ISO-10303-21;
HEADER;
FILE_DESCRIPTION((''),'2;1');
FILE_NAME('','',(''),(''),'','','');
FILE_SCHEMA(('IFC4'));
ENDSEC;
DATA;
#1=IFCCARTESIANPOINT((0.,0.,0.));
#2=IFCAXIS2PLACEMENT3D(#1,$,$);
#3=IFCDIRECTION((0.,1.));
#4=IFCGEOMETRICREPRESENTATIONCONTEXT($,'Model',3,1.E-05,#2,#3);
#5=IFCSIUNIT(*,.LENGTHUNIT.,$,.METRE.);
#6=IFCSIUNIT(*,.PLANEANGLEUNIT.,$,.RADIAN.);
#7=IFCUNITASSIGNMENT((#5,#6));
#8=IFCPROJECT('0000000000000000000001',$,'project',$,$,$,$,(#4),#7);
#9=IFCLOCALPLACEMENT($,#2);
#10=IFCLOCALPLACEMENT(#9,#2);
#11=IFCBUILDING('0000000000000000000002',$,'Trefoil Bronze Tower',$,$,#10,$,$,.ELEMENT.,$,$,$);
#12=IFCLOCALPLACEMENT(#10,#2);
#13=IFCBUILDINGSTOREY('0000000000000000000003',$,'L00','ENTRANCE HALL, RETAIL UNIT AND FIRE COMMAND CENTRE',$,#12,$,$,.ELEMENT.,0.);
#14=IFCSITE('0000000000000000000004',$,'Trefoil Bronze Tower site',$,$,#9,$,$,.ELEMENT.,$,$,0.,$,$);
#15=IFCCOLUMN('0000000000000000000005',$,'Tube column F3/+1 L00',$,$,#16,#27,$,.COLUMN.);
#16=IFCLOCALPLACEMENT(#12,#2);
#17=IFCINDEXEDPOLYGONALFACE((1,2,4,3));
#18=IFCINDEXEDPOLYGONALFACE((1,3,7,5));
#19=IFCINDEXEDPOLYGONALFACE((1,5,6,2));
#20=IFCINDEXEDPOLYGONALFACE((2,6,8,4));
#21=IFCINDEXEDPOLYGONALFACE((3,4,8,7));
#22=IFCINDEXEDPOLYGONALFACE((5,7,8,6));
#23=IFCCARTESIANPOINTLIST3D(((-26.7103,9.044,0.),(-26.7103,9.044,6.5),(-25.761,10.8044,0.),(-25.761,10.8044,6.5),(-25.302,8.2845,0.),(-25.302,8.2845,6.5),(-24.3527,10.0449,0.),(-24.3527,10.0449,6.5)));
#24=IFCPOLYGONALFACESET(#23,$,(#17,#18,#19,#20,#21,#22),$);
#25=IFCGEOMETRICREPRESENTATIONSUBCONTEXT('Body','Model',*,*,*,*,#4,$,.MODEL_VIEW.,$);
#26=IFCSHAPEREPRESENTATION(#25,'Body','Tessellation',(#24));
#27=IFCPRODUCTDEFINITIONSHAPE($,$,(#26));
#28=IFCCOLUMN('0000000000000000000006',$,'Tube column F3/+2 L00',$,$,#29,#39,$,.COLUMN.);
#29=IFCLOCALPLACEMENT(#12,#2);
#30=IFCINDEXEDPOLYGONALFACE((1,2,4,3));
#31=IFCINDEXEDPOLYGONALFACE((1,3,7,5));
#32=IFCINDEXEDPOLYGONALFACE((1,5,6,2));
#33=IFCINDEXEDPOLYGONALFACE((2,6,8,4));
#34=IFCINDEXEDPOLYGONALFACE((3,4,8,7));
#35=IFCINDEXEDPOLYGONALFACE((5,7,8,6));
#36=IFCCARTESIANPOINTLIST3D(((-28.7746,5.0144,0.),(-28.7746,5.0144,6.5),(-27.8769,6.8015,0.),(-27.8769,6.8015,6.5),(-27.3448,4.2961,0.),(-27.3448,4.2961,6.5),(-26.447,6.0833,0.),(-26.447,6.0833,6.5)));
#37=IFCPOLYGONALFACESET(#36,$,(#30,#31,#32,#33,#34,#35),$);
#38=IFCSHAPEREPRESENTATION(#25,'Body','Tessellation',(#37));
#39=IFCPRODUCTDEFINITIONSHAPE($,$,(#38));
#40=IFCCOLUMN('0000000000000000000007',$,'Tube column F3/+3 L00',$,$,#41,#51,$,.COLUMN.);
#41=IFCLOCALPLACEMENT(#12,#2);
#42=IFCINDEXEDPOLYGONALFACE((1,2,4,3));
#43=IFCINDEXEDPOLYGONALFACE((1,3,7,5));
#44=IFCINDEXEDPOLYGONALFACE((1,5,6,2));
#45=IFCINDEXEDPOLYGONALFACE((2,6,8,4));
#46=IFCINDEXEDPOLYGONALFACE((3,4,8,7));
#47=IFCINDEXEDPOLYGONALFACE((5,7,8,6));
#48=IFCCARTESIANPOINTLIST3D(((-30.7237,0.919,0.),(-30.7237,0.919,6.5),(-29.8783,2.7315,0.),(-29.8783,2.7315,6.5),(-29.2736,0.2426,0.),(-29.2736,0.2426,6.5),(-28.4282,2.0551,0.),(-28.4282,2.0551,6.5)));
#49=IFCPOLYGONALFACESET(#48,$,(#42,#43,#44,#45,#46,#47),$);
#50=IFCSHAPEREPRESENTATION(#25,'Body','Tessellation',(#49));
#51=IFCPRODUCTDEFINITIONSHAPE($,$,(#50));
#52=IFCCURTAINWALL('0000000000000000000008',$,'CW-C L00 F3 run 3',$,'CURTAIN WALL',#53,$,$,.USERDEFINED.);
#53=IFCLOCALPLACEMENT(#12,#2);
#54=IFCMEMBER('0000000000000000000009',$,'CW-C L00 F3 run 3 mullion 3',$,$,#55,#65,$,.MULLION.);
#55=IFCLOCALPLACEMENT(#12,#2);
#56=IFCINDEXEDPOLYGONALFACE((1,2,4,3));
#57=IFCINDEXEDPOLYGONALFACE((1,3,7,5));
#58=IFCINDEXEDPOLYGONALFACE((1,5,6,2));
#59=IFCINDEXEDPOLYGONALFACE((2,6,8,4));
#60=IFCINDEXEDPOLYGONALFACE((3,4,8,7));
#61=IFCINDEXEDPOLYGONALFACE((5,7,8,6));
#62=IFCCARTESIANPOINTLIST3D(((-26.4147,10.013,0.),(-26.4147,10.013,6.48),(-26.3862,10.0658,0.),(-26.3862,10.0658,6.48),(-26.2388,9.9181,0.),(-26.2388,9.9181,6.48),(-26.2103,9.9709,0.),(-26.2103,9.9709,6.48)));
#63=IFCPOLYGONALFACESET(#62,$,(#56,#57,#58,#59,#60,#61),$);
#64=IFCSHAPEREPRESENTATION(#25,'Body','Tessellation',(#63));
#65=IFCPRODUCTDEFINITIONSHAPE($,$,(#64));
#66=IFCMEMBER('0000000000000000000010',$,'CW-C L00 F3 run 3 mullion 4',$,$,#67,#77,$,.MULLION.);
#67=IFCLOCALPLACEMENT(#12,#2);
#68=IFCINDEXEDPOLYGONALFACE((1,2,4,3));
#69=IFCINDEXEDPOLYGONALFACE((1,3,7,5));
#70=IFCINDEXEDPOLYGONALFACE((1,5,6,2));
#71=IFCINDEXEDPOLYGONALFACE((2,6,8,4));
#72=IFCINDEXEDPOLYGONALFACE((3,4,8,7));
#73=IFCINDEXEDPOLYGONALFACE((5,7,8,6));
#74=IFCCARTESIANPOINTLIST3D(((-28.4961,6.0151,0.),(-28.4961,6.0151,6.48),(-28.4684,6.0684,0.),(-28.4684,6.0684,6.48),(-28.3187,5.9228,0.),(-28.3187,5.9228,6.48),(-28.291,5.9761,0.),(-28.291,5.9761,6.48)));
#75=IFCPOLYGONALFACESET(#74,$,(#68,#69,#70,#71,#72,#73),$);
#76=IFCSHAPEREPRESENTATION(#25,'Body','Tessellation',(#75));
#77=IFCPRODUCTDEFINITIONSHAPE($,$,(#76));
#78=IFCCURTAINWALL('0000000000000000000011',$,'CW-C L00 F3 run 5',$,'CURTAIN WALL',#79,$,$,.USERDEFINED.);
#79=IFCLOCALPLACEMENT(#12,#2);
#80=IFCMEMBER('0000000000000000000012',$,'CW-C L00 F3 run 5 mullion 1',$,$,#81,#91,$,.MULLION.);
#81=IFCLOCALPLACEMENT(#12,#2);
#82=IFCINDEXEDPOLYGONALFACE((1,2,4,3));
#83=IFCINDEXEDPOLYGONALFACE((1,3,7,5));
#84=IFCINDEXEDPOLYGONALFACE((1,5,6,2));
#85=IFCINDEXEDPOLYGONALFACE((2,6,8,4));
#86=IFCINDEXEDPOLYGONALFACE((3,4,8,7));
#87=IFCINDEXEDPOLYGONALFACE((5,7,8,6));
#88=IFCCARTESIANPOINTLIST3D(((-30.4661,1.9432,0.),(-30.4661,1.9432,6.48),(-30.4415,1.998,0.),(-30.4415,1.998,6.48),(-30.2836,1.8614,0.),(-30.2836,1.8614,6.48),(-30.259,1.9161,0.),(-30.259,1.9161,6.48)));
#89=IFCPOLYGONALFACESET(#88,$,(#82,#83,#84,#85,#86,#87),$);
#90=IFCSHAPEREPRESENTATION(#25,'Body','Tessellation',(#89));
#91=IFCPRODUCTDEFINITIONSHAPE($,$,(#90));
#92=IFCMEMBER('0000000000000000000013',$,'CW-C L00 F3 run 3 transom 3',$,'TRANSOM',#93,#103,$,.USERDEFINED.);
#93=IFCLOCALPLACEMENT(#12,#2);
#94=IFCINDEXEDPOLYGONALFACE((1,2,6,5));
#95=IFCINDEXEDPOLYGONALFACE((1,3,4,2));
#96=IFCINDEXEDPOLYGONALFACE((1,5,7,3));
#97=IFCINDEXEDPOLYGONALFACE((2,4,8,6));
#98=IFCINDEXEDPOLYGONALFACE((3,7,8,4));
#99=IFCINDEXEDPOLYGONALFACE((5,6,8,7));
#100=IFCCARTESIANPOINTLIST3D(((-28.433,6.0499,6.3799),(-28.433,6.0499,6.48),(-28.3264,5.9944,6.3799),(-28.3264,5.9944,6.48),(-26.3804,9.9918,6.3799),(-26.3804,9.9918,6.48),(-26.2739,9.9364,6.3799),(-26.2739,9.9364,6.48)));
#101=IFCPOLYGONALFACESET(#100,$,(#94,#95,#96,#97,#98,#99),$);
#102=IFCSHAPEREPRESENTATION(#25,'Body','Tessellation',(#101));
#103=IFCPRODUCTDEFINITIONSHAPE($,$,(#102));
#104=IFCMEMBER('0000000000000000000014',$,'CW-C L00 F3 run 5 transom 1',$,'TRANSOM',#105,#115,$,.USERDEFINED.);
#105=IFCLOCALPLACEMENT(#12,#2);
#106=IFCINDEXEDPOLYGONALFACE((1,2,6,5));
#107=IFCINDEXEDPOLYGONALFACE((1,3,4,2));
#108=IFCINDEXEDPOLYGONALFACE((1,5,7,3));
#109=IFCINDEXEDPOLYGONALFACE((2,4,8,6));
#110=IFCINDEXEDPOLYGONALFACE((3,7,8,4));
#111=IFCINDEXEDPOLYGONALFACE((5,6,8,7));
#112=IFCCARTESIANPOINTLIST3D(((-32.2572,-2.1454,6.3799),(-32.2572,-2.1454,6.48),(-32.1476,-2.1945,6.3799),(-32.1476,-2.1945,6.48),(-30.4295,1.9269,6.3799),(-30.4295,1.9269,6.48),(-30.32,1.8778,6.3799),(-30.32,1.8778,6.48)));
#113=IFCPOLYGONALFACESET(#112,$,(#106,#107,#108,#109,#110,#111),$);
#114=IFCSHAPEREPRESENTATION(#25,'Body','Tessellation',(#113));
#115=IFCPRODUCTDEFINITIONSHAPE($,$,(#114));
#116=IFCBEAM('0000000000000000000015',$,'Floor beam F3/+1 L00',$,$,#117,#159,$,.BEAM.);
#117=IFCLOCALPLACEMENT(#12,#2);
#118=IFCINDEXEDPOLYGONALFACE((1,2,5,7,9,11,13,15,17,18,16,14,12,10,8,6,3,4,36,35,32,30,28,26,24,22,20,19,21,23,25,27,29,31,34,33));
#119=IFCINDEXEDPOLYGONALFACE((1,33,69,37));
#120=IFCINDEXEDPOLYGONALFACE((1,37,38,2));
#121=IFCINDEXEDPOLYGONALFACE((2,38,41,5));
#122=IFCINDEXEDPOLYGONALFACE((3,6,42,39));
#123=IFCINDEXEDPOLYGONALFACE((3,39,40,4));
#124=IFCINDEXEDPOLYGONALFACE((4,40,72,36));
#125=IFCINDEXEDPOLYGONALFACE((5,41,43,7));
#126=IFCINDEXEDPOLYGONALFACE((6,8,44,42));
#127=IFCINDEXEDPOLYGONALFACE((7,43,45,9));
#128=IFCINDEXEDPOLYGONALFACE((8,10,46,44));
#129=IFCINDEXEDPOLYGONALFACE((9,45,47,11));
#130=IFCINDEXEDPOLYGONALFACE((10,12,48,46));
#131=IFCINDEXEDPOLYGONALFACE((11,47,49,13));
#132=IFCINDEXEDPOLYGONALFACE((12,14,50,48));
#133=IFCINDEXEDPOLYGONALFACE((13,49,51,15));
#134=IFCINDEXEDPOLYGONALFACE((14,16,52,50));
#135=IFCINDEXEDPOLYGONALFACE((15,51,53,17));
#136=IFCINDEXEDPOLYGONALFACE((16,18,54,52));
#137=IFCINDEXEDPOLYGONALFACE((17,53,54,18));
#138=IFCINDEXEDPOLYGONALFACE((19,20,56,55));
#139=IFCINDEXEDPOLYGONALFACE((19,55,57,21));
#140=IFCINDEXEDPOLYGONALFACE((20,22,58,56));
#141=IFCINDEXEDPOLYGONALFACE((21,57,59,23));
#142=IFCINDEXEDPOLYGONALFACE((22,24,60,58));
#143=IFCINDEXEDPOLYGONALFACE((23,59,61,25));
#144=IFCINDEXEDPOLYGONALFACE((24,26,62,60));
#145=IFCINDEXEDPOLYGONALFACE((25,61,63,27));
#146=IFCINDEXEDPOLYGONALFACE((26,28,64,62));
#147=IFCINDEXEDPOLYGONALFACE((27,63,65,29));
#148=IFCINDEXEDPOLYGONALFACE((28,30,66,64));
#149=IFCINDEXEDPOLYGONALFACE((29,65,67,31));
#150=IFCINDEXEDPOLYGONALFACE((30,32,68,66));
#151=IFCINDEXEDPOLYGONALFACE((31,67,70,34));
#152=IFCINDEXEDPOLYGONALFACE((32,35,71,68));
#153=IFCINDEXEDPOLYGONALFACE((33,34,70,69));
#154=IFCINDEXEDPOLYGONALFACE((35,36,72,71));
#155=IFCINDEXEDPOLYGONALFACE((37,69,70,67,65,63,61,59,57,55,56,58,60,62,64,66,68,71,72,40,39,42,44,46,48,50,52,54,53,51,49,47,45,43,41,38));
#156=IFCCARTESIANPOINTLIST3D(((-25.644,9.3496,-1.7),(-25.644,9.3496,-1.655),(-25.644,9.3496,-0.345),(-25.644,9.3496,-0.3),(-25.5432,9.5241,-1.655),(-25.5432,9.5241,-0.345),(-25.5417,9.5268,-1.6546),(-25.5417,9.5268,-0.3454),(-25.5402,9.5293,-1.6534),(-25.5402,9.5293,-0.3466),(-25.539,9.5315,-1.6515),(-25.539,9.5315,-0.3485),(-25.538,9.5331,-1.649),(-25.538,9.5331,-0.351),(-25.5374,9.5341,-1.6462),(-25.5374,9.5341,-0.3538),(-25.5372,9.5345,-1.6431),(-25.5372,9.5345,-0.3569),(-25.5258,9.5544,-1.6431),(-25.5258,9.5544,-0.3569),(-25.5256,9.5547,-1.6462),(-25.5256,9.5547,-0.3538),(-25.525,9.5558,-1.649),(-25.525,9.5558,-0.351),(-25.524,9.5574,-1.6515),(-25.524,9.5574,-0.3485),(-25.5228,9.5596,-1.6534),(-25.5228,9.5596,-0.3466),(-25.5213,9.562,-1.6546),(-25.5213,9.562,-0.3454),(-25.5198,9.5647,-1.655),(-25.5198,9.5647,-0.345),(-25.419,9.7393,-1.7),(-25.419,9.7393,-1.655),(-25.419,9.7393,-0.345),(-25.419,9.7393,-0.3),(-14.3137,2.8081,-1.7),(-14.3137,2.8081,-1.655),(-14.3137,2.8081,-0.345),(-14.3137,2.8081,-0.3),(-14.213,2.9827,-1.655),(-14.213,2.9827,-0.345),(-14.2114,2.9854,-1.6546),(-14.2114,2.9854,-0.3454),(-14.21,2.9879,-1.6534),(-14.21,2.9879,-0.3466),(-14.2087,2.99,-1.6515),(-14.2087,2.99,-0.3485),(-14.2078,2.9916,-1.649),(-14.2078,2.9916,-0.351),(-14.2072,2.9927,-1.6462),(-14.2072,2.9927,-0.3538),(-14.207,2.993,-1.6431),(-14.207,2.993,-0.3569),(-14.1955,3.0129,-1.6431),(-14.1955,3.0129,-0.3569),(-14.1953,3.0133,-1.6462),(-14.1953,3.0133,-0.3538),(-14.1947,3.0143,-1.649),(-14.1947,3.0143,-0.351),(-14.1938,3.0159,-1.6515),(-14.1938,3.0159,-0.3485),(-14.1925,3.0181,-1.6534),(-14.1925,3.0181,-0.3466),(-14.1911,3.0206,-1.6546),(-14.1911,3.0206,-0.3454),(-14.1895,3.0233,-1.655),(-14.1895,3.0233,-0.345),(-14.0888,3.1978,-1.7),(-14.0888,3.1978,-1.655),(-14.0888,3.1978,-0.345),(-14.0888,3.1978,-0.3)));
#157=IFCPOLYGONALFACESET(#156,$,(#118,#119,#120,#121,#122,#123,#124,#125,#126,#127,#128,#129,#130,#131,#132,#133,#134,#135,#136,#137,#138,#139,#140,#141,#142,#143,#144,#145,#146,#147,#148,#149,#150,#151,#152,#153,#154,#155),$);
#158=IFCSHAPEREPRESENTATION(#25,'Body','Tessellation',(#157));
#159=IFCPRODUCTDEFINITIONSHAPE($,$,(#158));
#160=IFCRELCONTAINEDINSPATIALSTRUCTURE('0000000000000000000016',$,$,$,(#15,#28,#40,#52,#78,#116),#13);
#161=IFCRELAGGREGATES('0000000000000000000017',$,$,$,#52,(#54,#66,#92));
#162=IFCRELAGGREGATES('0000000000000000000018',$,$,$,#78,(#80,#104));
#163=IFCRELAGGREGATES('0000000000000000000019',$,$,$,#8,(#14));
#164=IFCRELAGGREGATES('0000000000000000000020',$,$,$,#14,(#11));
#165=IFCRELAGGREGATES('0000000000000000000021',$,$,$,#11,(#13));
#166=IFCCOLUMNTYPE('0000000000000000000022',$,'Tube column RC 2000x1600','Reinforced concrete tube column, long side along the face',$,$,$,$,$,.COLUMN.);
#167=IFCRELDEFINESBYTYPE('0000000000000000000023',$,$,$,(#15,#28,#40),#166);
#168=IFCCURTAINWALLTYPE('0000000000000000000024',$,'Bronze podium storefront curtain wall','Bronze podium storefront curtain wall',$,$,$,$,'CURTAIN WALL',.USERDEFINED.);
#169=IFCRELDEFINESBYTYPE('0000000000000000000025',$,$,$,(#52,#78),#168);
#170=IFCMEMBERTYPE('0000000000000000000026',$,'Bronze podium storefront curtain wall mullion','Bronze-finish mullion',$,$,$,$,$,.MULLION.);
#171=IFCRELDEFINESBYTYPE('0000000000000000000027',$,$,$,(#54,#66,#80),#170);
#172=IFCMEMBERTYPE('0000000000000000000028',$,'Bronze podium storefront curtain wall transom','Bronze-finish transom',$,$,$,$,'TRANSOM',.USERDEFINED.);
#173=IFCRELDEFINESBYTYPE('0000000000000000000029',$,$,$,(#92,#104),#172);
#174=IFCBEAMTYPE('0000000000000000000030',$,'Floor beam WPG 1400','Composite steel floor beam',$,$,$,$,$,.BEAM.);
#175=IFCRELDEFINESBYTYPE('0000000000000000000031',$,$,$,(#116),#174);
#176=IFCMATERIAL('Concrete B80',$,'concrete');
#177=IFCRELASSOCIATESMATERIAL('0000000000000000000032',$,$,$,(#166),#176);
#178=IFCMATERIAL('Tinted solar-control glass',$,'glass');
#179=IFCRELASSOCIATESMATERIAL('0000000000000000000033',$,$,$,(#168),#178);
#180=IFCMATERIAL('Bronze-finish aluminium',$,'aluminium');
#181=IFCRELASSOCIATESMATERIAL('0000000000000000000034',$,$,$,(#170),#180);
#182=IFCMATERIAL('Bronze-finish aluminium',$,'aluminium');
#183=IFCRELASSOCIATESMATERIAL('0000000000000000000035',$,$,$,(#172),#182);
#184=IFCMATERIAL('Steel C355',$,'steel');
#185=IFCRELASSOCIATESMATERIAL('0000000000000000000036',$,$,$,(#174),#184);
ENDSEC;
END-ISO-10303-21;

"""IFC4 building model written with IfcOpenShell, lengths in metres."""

from ifc_helpers import new_model, si_unit, direction, frame, origin, origin_2d, place, context, subcontext, project, spatial, rectangle, i_section, extrude, material, material_profile, profile_set, type_object, element, aggregate, save


model = new_model("IFC4")

# Units and contexts
model_context = context("Model", 3, precision=1e-05, world=origin(), true_north=direction((0.0, 1.0)))
body_context = subcontext(model_context, "Body", "Model", "MODEL_VIEW")
ifc_project = project(units=[si_unit("LENGTHUNIT", "METRE"), si_unit("PLANEANGLEUNIT", "RADIAN")], contexts=[model_context])

# Site, building, storey
site_placement = place(None, origin())
site = spatial("IfcSite", under=ifc_project, at=site_placement, Name="Trefoil Bronze Tower site", CompositionType="ELEMENT", RefElevation=0.0)
building_placement = place(site_placement, origin())
building = spatial("IfcBuilding", under=site, at=building_placement, Name="Trefoil Bronze Tower", CompositionType="ELEMENT")
storey_placement = place(building_placement, origin())
storey = spatial("IfcBuildingStorey", under=building, at=storey_placement, Name="L00", Description="ENTRANCE HALL, RETAIL UNIT AND FIRE COMMAND CENTRE", CompositionType="ELEMENT", Elevation=0.0)

# Columns
ifc_material_1 = material(Name="Concrete B80", Category="concrete")
ifc_material_profile_1 = material_profile(ifc_material_1, rectangle(XDim=2.0, YDim=1.6001, at=origin_2d()), Name="RC 2000x1600")
ifc_profile_set_1 = profile_set([ifc_material_profile_1], Name="Concrete B80")
column_type = type_object("IfcColumnType", Name="Tube column RC 2000x1600", Description="Reinforced concrete tube column, long side along the face", PredefinedType="COLUMN", material=ifc_profile_set_1)
for number, where, z_axis, x_axis, name in (
    (1, (-25.5315, 9.5444, 0.0), (0.0, 0.0, 1.0), (-0.474656, -0.880171, 0.0), "Tube column F3/+1 L00"),
    (2, (-27.6108, 5.5488, 0.0), (0.0, 0.0, 1.0), (-0.44889, -0.893587, 0.0), "Tube column F3/+2 L00"),
    (3, (-29.5759, 1.4871, 0.0), (0.0, 0.0, 1.0), (-0.422701, -0.906269, 0.0), "Tube column F3/+3 L00"),
):
    element("IfcColumn", number, at=place(storey_placement, frame(where, z_axis=z_axis, x_axis=x_axis)), inside=storey, type_object=column_type, Name=name, PredefinedType="COLUMN", context=body_context, shape_type="SweptSolid", body=[
        extrude(rectangle(XDim=2.0, YDim=1.6001, at=origin_2d()), origin(), (0.0, 0.0, 1.0), 6.5),
    ])

# Curtain wall, members
ifc_material_2 = material(Name="Tinted solar-control glass", Category="glass")
curtain_wall_type = type_object("IfcCurtainWallType", Name="Bronze podium storefront curtain wall", Description="Bronze podium storefront curtain wall", ElementType="CURTAIN WALL", PredefinedType="USERDEFINED", material=ifc_material_2)
curtain_wall_1_placement = place(storey_placement, origin())
curtain_wall_1 = element("IfcCurtainWall", 4, at=curtain_wall_1_placement, inside=storey, type_object=curtain_wall_type, Name="CW-C L00 F3 run 3", ObjectType="CURTAIN WALL", PredefinedType="USERDEFINED")
ifc_material_3 = material(Name="Bronze-finish aluminium", Category="aluminium")
ifc_material_profile_2 = material_profile(ifc_material_3, rectangle(XDim=0.2, YDim=0.0601, at=origin_2d()), Name="CW-C mullion")
ifc_profile_set_2 = profile_set([ifc_material_profile_2], Name="Bronze-finish aluminium")
member_type_1 = type_object("IfcMemberType", Name="Bronze podium storefront curtain wall mullion", Description="Bronze-finish mullion", PredefinedType="MULLION", material=ifc_profile_set_2)
member_1_placement = place(storey_placement, frame((-26.3125, 9.9919, 0.0), z_axis=(0.0, 0.0, 1.0), x_axis=(0.880171, -0.474656, 0.0)))
member_1 = element("IfcMember", 5, at=member_1_placement, type_object=member_type_1, Name="CW-C L00 F3 run 3 mullion 3", PredefinedType="MULLION", context=body_context, shape_type="SweptSolid", body=[
    extrude(rectangle(XDim=0.2, YDim=0.0601, at=origin_2d()), origin(), (0.0, 0.0, 1.0), 6.48),
])
member_2_placement = place(storey_placement, frame((-28.3936, 5.9956, 0.0), z_axis=(0.0, 0.0, 1.0), x_axis=(0.886969, -0.46183, 0.0)))
member_2 = element("IfcMember", 6, at=member_2_placement, type_object=member_type_1, Name="CW-C L00 F3 run 3 mullion 4", PredefinedType="MULLION", context=body_context, shape_type="SweptSolid", body=[
    extrude(rectangle(XDim=0.2, YDim=0.0601, at=origin_2d()), origin(), (0.0, 0.0, 1.0), 6.48),
])

# Curtain wall, member
curtain_wall_2_placement = place(storey_placement, origin())
curtain_wall_2 = element("IfcCurtainWall", 7, at=curtain_wall_2_placement, inside=storey, type_object=curtain_wall_type, Name="CW-C L00 F3 run 5", ObjectType="CURTAIN WALL", PredefinedType="USERDEFINED")
member_3_placement = place(storey_placement, frame((-30.3625, 1.9297, 0.0), z_axis=(0.0, 0.0, 1.0), x_axis=(0.91233, -0.409456, 0.0)))
member_3 = element("IfcMember", 8, at=member_3_placement, type_object=member_type_1, Name="CW-C L00 F3 run 5 mullion 1", PredefinedType="MULLION", context=body_context, shape_type="SweptSolid", body=[
    extrude(rectangle(XDim=0.2, YDim=0.0601, at=origin_2d()), origin(), (0.0, 0.0, 1.0), 6.48),
])

# Members
ifc_material_4 = material(Name="Bronze-finish aluminium", Category="aluminium")
ifc_material_profile_3 = material_profile(ifc_material_4, rectangle(XDim=0.1201, YDim=0.1001, at=origin_2d()), Name="CW-C transom")
ifc_profile_set_3 = profile_set([ifc_material_profile_3], Name="Bronze-finish aluminium")
member_type_2 = type_object("IfcMemberType", Name="Bronze podium storefront curtain wall transom", Description="Bronze-finish transom", ElementType="TRANSOM", PredefinedType="USERDEFINED", material=ifc_profile_set_3)
member_4_placement = place(storey_placement, frame((-26.3271, 9.9641, 6.4299), z_axis=(-0.461832, -0.886968, 0.0), x_axis=(0.886968, -0.461832, 0.0)))
member_4 = element("IfcMember", 9, at=member_4_placement, type_object=member_type_2, Name="CW-C L00 F3 run 3 transom 3", ObjectType="TRANSOM", PredefinedType="USERDEFINED", context=body_context, shape_type="SweptSolid", body=[
    extrude(rectangle(XDim=0.1201, YDim=0.1001, at=origin_2d()), origin(), (0.0, 0.0, 1.0), 4.4443),
])
member_5_placement = place(storey_placement, frame((-30.3748, 1.9023, 6.4299), z_axis=(-0.409455, -0.91233, 0.0), x_axis=(0.91233, -0.409455, 0.0)))
member_5 = element("IfcMember", 10, at=member_5_placement, type_object=member_type_2, Name="CW-C L00 F3 run 5 transom 1", ObjectType="TRANSOM", PredefinedType="USERDEFINED", context=body_context, shape_type="SweptSolid", body=[
    extrude(rectangle(XDim=0.1201, YDim=0.1001, at=origin_2d()), origin(), (0.0, 0.0, 1.0), 4.4636),
])

# Beam
ifc_material_5 = material(Name="Steel C355", Category="steel")
ifc_material_profile_4 = material_profile(ifc_material_5, i_section(OverallWidth=0.45, OverallDepth=1.3999, WebThickness=0.0229, FlangeThickness=0.0449, FilletRadius=0.012, at=origin_2d()), Name="WPG 1400")
ifc_profile_set_4 = profile_set([ifc_material_profile_4], Name="Steel C355")
beam_type_1 = type_object("IfcBeamType", Name="Floor beam WPG 1400", Description="Composite steel floor beam", PredefinedType="BEAM", material=ifc_profile_set_4)
beam_1_placement = place(storey_placement, frame((-25.5315, 9.5444, -1.0), z_axis=(0.866027, -0.499997, 0.0), x_axis=(0.499997, 0.866027, 0.0)))
element("IfcBeam", 11, at=beam_1_placement, inside=storey, type_object=beam_type_1, Name="Floor beam F3/+1 L00", PredefinedType="BEAM", context=body_context, shape_type="SweptSolid", body=[
    extrude(i_section(OverallWidth=0.45, OverallDepth=1.3999, WebThickness=0.0229, FlangeThickness=0.0449, FilletRadius=0.012, at=origin_2d()), origin(), (0.0, 0.0, 1.0), 13.083),
])

aggregate(curtain_wall_1, [member_1, member_2, member_4])
aggregate(curtain_wall_2, [member_3, member_5])

save(model, "model.ifc")
